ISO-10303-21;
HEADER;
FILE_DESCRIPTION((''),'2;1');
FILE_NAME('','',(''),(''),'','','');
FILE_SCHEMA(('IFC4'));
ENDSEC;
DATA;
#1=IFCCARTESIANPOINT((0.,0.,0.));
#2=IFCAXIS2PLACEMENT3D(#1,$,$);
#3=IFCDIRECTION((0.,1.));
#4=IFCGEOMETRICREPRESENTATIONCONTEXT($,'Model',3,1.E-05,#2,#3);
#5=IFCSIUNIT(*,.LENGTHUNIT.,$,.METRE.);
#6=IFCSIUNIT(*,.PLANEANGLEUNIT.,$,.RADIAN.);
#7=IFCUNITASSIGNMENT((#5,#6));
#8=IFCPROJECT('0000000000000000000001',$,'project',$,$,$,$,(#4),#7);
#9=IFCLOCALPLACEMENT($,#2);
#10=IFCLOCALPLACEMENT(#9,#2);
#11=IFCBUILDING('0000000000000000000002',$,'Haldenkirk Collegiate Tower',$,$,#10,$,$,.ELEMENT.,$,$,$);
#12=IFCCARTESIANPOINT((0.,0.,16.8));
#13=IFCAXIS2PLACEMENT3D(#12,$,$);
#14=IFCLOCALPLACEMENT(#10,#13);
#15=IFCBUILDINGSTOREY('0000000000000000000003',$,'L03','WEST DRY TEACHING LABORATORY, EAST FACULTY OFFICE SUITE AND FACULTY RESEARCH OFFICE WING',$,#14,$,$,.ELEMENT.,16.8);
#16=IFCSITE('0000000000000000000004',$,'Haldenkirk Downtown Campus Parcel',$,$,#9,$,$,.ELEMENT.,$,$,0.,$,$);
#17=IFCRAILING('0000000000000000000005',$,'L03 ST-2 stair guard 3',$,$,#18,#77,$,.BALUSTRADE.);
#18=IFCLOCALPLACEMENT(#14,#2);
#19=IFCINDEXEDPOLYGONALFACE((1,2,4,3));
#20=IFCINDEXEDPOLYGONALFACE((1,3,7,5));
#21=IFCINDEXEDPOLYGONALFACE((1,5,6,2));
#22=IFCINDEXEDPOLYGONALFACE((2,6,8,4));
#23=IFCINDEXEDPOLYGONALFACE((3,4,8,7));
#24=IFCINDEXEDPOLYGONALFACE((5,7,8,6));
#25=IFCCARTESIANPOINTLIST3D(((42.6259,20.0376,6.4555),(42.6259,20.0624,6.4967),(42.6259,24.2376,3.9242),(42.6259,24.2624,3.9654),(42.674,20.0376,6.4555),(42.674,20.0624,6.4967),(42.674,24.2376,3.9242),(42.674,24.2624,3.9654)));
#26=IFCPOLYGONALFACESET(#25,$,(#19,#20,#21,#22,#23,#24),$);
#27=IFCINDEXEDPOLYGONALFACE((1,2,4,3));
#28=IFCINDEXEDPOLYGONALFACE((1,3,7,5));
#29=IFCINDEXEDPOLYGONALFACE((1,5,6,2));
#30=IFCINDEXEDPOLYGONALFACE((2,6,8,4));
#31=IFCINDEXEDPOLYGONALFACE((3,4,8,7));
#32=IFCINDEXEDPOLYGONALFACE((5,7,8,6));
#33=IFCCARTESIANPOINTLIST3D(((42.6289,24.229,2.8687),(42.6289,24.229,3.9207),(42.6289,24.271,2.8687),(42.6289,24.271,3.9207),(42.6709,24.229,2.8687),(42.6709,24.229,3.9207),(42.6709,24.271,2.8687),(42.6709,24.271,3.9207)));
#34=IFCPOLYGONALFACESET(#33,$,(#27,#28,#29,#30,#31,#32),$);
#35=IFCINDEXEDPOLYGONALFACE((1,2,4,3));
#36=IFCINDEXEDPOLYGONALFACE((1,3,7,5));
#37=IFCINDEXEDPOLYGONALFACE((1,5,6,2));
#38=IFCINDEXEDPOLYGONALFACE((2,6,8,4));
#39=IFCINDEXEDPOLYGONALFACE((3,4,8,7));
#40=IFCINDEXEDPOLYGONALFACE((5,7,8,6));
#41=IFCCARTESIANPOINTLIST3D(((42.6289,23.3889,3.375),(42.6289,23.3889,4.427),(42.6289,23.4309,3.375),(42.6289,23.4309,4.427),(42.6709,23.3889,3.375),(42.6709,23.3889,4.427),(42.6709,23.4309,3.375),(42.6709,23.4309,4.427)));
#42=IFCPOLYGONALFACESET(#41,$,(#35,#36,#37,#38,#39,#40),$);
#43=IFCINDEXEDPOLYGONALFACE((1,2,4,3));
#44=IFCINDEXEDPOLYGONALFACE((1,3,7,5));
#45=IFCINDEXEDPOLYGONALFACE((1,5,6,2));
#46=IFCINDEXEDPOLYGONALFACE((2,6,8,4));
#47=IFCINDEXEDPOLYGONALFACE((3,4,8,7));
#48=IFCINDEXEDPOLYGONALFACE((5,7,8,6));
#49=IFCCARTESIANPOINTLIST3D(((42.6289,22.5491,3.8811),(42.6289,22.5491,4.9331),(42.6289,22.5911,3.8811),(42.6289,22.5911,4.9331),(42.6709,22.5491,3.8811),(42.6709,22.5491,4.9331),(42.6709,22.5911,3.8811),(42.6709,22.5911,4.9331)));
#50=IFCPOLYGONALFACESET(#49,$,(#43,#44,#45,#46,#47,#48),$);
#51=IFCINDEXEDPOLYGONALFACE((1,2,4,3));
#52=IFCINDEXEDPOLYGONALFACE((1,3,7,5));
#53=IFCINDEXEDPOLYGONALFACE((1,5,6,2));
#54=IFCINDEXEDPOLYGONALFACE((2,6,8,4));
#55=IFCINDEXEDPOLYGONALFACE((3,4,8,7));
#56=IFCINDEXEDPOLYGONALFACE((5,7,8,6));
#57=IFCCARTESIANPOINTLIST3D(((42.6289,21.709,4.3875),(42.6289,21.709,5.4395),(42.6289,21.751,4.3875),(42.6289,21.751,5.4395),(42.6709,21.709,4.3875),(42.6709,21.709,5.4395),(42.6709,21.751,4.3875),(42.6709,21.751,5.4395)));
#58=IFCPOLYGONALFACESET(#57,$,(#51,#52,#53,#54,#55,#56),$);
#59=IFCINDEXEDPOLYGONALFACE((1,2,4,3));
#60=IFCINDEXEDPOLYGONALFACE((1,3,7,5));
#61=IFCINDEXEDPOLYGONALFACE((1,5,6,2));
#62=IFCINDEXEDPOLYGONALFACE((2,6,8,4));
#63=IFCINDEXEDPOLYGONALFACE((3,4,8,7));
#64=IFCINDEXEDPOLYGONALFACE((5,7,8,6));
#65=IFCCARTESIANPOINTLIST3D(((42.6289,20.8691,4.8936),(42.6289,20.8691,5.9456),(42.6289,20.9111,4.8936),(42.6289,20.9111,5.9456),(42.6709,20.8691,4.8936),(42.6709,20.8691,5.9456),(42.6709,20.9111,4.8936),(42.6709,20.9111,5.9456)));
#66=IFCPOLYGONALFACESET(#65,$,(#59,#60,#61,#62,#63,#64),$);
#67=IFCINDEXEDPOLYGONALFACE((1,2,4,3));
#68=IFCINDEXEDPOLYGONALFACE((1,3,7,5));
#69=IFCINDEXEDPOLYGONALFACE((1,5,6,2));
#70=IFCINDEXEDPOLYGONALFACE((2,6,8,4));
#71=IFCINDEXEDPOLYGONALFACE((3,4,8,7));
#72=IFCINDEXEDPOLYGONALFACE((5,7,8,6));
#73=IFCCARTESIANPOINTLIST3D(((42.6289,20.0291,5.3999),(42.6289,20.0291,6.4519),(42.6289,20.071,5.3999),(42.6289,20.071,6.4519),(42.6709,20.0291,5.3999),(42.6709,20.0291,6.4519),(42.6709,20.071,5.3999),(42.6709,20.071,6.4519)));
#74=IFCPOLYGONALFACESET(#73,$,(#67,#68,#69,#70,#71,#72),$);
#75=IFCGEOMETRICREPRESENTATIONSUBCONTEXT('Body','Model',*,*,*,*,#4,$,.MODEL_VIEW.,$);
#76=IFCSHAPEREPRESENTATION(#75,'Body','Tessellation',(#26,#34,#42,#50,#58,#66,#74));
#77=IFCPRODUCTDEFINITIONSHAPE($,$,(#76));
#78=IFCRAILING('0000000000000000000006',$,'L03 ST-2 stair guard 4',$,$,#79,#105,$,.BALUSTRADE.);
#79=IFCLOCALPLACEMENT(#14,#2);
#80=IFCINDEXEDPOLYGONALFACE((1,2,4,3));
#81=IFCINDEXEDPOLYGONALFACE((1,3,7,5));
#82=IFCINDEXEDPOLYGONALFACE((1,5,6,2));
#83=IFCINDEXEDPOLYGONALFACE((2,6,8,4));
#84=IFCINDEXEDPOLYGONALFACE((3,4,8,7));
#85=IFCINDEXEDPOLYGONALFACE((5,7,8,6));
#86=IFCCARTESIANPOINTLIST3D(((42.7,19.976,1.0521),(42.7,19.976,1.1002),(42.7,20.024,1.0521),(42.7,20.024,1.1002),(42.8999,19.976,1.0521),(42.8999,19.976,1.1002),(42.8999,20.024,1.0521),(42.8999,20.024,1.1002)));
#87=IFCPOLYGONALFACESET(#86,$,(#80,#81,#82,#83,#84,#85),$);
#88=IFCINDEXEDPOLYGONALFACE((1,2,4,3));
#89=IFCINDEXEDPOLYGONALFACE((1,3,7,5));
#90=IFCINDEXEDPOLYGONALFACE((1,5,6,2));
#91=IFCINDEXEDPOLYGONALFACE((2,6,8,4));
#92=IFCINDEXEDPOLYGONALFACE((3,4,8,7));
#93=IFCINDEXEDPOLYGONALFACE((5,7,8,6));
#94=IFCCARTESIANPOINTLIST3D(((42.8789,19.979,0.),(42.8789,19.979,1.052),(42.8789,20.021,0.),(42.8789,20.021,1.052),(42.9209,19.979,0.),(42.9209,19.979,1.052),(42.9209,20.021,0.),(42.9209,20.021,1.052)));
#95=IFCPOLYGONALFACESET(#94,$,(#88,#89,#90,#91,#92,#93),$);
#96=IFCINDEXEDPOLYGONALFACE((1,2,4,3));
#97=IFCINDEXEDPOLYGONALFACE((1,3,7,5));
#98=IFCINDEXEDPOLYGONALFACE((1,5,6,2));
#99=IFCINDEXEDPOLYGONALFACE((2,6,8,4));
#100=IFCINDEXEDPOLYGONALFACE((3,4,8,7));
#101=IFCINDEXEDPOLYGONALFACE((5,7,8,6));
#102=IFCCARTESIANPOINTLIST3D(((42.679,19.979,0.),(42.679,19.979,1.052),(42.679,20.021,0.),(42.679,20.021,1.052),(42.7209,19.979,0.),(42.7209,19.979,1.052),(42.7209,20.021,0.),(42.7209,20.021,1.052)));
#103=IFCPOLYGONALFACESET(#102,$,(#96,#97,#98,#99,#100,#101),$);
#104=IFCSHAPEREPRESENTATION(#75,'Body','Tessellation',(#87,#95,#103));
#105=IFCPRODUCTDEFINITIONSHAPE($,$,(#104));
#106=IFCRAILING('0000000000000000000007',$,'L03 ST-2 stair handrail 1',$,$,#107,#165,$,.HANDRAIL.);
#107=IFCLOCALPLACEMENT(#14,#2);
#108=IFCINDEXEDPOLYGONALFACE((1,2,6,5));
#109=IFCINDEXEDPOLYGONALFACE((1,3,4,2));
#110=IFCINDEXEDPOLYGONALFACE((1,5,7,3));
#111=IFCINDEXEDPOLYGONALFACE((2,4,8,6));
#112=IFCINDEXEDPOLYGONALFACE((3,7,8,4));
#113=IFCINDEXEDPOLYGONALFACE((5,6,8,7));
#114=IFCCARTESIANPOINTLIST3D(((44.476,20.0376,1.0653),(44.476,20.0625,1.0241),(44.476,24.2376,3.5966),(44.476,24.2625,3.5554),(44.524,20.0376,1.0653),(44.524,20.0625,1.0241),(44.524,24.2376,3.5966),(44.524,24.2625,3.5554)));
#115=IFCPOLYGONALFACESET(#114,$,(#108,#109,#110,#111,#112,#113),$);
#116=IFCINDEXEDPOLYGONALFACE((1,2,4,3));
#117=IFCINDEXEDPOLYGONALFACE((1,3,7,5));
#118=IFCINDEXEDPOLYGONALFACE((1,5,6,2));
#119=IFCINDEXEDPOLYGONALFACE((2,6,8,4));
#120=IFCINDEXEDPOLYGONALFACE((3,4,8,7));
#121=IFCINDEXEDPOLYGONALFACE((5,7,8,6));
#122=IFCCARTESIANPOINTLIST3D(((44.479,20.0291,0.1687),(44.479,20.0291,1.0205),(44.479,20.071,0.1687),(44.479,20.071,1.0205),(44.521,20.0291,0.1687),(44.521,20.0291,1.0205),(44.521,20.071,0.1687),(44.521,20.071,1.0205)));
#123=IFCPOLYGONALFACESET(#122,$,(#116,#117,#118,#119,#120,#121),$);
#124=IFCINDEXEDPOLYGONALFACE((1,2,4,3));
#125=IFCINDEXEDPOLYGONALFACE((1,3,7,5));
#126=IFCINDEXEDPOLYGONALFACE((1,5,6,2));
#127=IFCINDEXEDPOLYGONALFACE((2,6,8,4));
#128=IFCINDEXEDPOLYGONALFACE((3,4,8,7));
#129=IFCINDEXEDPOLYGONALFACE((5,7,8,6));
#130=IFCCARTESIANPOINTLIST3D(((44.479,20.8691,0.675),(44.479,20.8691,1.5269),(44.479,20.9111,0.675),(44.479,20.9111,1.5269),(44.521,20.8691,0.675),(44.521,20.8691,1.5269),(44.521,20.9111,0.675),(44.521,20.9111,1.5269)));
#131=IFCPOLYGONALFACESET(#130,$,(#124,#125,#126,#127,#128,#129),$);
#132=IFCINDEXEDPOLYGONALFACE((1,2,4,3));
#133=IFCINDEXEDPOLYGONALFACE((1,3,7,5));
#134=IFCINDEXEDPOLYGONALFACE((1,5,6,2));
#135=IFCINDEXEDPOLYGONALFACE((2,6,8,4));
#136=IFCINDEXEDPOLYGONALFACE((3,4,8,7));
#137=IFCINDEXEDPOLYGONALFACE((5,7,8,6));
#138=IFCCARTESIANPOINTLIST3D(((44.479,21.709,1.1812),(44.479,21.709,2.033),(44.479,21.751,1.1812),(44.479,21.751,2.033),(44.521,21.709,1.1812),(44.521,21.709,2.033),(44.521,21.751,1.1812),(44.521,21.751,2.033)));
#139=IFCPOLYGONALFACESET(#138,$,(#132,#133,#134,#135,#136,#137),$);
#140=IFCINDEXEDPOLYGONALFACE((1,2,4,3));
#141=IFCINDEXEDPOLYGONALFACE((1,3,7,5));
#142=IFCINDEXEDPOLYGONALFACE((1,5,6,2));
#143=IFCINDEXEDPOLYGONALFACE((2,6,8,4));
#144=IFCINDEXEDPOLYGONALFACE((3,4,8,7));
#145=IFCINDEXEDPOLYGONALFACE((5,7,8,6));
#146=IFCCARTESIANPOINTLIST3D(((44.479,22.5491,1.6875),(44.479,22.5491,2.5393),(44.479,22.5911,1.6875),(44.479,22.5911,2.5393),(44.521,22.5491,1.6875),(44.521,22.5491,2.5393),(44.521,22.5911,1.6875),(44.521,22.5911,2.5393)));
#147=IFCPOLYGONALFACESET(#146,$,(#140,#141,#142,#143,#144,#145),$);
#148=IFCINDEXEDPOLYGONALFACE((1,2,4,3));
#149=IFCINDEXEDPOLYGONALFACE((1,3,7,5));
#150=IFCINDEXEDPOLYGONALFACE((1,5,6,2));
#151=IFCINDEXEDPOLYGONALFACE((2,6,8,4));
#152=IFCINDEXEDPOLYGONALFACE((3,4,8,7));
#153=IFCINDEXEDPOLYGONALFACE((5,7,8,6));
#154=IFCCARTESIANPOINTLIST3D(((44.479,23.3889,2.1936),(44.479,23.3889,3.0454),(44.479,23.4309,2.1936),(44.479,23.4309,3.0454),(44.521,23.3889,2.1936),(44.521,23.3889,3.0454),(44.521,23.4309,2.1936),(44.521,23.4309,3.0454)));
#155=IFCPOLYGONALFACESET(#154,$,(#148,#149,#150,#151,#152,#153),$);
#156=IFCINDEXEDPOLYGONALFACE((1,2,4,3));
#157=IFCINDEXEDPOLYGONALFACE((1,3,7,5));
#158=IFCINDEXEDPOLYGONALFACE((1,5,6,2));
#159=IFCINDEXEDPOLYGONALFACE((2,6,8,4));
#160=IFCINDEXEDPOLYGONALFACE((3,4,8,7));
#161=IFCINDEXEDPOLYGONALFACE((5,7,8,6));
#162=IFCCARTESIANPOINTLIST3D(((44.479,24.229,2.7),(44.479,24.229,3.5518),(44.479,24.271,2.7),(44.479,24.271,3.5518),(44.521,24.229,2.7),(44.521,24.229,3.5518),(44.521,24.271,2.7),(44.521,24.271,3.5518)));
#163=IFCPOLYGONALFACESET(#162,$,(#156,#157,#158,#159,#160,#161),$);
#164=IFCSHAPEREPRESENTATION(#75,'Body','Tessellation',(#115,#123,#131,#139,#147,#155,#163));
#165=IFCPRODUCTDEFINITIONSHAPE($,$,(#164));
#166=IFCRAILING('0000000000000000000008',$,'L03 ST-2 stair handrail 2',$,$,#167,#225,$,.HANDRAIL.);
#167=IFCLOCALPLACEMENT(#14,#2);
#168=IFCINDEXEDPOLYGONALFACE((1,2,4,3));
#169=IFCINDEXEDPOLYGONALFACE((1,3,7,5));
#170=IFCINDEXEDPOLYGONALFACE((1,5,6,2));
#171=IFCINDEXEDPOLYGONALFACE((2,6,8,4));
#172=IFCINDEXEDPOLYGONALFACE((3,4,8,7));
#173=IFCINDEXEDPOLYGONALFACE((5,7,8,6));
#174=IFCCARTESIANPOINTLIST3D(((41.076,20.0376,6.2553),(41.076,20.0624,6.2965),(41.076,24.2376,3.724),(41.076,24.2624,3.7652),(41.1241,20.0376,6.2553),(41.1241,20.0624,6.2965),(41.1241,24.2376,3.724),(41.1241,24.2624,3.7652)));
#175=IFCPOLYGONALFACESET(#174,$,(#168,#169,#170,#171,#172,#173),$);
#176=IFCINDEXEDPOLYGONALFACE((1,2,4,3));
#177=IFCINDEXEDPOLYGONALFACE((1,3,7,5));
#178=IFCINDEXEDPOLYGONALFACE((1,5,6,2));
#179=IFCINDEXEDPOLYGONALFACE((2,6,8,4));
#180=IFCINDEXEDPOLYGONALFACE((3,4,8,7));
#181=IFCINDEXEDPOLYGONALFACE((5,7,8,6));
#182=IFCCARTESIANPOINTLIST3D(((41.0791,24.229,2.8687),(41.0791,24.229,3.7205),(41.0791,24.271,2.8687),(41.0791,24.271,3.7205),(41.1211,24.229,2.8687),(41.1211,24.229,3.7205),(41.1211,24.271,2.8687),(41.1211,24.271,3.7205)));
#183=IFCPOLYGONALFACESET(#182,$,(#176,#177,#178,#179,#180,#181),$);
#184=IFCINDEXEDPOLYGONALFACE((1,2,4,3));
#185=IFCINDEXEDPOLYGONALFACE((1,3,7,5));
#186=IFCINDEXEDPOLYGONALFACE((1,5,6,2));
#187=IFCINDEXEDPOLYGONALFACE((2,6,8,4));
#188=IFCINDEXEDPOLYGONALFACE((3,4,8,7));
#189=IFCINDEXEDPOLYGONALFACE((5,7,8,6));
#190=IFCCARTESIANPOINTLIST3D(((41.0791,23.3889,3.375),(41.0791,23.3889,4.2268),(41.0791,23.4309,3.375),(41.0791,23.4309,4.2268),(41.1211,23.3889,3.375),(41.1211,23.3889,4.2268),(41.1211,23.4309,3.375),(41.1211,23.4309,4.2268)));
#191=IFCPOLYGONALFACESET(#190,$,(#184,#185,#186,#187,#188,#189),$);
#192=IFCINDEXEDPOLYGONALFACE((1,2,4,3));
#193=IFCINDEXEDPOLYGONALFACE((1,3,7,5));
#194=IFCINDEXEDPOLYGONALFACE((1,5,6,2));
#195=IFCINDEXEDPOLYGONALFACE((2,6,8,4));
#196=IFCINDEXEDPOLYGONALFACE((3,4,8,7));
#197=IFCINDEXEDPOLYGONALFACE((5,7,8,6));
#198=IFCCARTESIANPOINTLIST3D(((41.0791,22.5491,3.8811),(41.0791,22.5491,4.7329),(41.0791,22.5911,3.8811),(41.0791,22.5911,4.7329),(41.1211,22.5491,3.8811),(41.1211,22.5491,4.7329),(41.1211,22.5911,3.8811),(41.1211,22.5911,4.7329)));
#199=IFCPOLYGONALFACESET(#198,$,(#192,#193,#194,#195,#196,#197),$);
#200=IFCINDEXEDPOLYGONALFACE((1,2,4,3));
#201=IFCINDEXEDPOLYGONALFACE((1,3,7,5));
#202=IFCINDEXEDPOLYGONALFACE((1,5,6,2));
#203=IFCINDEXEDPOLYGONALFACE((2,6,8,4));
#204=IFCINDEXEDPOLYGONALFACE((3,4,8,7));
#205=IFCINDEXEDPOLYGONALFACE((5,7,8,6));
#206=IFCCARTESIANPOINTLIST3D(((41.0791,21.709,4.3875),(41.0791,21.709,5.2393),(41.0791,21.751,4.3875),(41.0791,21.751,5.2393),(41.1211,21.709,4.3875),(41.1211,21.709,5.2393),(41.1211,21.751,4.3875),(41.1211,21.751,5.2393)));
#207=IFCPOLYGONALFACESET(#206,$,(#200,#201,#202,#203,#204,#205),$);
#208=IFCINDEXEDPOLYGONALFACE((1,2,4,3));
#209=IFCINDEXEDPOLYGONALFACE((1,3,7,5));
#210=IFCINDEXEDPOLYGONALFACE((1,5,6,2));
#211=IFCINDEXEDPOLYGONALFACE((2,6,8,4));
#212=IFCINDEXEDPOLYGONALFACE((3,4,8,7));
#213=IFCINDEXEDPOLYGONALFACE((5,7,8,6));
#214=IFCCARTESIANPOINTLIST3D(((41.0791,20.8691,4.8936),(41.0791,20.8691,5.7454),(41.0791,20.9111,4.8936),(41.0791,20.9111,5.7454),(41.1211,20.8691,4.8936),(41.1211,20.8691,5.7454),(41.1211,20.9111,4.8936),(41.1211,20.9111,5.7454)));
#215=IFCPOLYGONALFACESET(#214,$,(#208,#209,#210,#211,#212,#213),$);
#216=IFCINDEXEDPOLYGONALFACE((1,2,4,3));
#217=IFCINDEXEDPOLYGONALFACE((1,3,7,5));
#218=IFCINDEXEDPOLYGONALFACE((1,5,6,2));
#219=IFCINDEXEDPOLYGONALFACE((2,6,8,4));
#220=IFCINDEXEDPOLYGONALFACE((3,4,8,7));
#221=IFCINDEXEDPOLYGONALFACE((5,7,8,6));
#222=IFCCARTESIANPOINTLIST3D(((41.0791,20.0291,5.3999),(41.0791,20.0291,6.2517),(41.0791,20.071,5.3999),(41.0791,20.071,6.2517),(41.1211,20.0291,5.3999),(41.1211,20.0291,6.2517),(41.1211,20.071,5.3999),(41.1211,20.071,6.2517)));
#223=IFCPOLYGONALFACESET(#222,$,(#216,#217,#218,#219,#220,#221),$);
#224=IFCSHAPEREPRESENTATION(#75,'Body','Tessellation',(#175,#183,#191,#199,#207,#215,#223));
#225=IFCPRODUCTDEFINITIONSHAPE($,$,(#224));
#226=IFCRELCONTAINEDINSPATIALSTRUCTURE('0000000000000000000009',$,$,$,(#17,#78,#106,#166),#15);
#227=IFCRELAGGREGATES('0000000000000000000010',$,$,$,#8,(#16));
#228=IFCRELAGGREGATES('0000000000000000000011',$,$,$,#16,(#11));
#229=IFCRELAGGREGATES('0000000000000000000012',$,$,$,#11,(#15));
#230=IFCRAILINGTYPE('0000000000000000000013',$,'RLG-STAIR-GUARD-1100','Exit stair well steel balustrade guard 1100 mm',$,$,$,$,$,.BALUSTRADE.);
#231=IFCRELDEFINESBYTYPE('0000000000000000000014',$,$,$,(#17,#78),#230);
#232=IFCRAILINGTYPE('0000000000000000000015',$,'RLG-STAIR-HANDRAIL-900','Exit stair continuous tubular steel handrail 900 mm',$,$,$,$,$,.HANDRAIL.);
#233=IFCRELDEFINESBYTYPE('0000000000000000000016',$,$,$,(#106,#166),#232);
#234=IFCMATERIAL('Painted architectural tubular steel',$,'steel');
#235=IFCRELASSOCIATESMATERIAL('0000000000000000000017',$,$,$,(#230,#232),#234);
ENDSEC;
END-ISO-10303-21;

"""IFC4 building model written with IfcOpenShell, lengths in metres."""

from ifc_helpers import new_model, si_unit, direction, frame, origin, origin_2d, place, context, subcontext, project, spatial, rectangle, extrude, material, type_object, element, save


model = new_model("IFC4")

# Units and contexts
model_context = context("Model", 3, precision=1e-05, world=origin(), true_north=direction((0.0, 1.0)))
body_context = subcontext(model_context, "Body", "Model", "MODEL_VIEW")
ifc_project = project(units=[si_unit("LENGTHUNIT", "METRE"), si_unit("PLANEANGLEUNIT", "RADIAN")], contexts=[model_context])

# Site, building, storey
site_placement = place(None, origin())
site = spatial("IfcSite", under=ifc_project, at=site_placement, Name="Haldenkirk Downtown Campus Parcel", CompositionType="ELEMENT", RefElevation=0.0)
building_placement = place(site_placement, origin())
building = spatial("IfcBuilding", under=site, at=building_placement, Name="Haldenkirk Collegiate Tower", CompositionType="ELEMENT")
storey_placement = place(building_placement, frame((0.0, 0.0, 16.8)))
storey = spatial("IfcBuildingStorey", under=building, at=storey_placement, Name="L03", Description="WEST DRY TEACHING LABORATORY, EAST FACULTY OFFICE SUITE AND FACULTY RESEARCH OFFICE WING", CompositionType="ELEMENT", Elevation=16.8)

# Railings
ifc_material_1 = material(Name="Painted architectural tubular steel", Category="steel")
railing_type_1 = type_object("IfcRailingType", Name="RLG-STAIR-GUARD-1100", Description="Exit stair well steel balustrade guard 1100 mm", PredefinedType="BALUSTRADE", material=ifc_material_1)
railing_1_placement = place(storey_placement, frame((42.6499, 24.25, 2.8687)))
element("IfcRailing", 1, at=railing_1_placement, inside=storey, type_object=railing_type_1, Name="L03 ST-2 stair guard 3", PredefinedType="BALUSTRADE", context=body_context, shape_type="SweptSolid", body=[
    extrude(rectangle(XDim=0.0481, YDim=0.0481, at=origin_2d()), frame((0.0, 0.0, 1.0762), z_axis=(0.0, -0.856476, 0.516186), x_axis=(1.0, 0.0, 0.0)), (0.0, 0.0, 1.0), 4.9038),
    extrude(rectangle(XDim=0.042, YDim=0.042, at=origin_2d()), origin(), (0.0, 0.0, 1.0), 1.052),
    extrude(rectangle(XDim=0.042, YDim=0.042, at=origin_2d()), frame((0.0, -0.8401, 0.5063)), (0.0, 0.0, 1.0), 1.052),
    extrude(rectangle(XDim=0.042, YDim=0.042, at=origin_2d()), frame((0.0, -1.6799, 1.0125)), (0.0, 0.0, 1.0), 1.052),
    extrude(rectangle(XDim=0.042, YDim=0.042, at=origin_2d()), frame((0.0, -2.52, 1.5188)), (0.0, 0.0, 1.0), 1.052),
    extrude(rectangle(XDim=0.042, YDim=0.042, at=origin_2d()), frame((0.0, -3.3599, 2.0249)), (0.0, 0.0, 1.0), 1.052),
    extrude(rectangle(XDim=0.042, YDim=0.042, at=origin_2d()), frame((0.0, -4.2, 2.5312)), (0.0, 0.0, 1.0), 1.052),
])
railing_2_placement = place(storey_placement, frame((42.8999, 20.0, 0.0)))
element("IfcRailing", 2, at=railing_2_placement, inside=storey, type_object=railing_type_1, Name="L03 ST-2 stair guard 4", PredefinedType="BALUSTRADE", context=body_context, shape_type="SweptSolid", body=[
    extrude(rectangle(XDim=0.0481, YDim=0.0481, at=origin_2d()), frame((0.0, 0.0, 1.0762), z_axis=(-1.0, 0.0, 0.0), x_axis=(0.0, -1.0, 0.0)), (0.0, 0.0, 1.0), 0.2),
    extrude(rectangle(XDim=0.042, YDim=0.042, at=origin_2d()), origin(), (0.0, 0.0, 1.0), 1.052),
    extrude(rectangle(XDim=0.042, YDim=0.042, at=origin_2d()), frame((-0.2, 0.0, 0.0)), (0.0, 0.0, 1.0), 1.052),
])
railing_type_2 = type_object("IfcRailingType", Name="RLG-STAIR-HANDRAIL-900", Description="Exit stair continuous tubular steel handrail 900 mm", PredefinedType="HANDRAIL", material=ifc_material_1)
railing_3_placement = place(storey_placement, frame((44.5, 20.05, 0.1687)))
element("IfcRailing", 3, at=railing_3_placement, inside=storey, type_object=railing_type_2, Name="L03 ST-2 stair handrail 1", PredefinedType="HANDRAIL", context=body_context, shape_type="SweptSolid", body=[
    extrude(rectangle(XDim=0.0481, YDim=0.0481, at=origin_2d()), frame((0.0, 0.0, 0.876), z_axis=(0.0, 0.856476, 0.516186), x_axis=(-1.0, 0.0, 0.0)), (0.0, 0.0, 1.0), 4.9038),
    extrude(rectangle(XDim=0.042, YDim=0.042, at=origin_2d()), origin(), (0.0, 0.0, 1.0), 0.8518),
    extrude(rectangle(XDim=0.042, YDim=0.042, at=origin_2d()), frame((0.0, 0.8401, 0.5063)), (0.0, 0.0, 1.0), 0.8518),
    extrude(rectangle(XDim=0.042, YDim=0.042, at=origin_2d()), frame((0.0, 1.6799, 1.0125)), (0.0, 0.0, 1.0), 0.8518),
    extrude(rectangle(XDim=0.042, YDim=0.042, at=origin_2d()), frame((0.0, 2.52, 1.5188)), (0.0, 0.0, 1.0), 0.8518),
    extrude(rectangle(XDim=0.042, YDim=0.042, at=origin_2d()), frame((0.0, 3.3599, 2.0249)), (0.0, 0.0, 1.0), 0.8518),
    extrude(rectangle(XDim=0.042, YDim=0.042, at=origin_2d()), frame((0.0, 4.2, 2.5312)), (0.0, 0.0, 1.0), 0.8518),
])
railing_4_placement = place(storey_placement, frame((41.1001, 24.25, 2.8687)))
element("IfcRailing", 4, at=railing_4_placement, inside=storey, type_object=railing_type_2, Name="L03 ST-2 stair handrail 2", PredefinedType="HANDRAIL", context=body_context, shape_type="SweptSolid", body=[
    extrude(rectangle(XDim=0.0481, YDim=0.0481, at=origin_2d()), frame((0.0, 0.0, 0.876), z_axis=(0.0, -0.856476, 0.516186), x_axis=(1.0, 0.0, 0.0)), (0.0, 0.0, 1.0), 4.9038),
    extrude(rectangle(XDim=0.042, YDim=0.042, at=origin_2d()), origin(), (0.0, 0.0, 1.0), 0.8518),
    extrude(rectangle(XDim=0.042, YDim=0.042, at=origin_2d()), frame((0.0, -0.8401, 0.5063)), (0.0, 0.0, 1.0), 0.8518),
    extrude(rectangle(XDim=0.042, YDim=0.042, at=origin_2d()), frame((0.0, -1.6799, 1.0125)), (0.0, 0.0, 1.0), 0.8518),
    extrude(rectangle(XDim=0.042, YDim=0.042, at=origin_2d()), frame((0.0, -2.52, 1.5188)), (0.0, 0.0, 1.0), 0.8518),
    extrude(rectangle(XDim=0.042, YDim=0.042, at=origin_2d()), frame((0.0, -3.3599, 2.0249)), (0.0, 0.0, 1.0), 0.8518),
    extrude(rectangle(XDim=0.042, YDim=0.042, at=origin_2d()), frame((0.0, -4.2, 2.5312)), (0.0, 0.0, 1.0), 0.8518),
])

save(model, "model.ifc")
